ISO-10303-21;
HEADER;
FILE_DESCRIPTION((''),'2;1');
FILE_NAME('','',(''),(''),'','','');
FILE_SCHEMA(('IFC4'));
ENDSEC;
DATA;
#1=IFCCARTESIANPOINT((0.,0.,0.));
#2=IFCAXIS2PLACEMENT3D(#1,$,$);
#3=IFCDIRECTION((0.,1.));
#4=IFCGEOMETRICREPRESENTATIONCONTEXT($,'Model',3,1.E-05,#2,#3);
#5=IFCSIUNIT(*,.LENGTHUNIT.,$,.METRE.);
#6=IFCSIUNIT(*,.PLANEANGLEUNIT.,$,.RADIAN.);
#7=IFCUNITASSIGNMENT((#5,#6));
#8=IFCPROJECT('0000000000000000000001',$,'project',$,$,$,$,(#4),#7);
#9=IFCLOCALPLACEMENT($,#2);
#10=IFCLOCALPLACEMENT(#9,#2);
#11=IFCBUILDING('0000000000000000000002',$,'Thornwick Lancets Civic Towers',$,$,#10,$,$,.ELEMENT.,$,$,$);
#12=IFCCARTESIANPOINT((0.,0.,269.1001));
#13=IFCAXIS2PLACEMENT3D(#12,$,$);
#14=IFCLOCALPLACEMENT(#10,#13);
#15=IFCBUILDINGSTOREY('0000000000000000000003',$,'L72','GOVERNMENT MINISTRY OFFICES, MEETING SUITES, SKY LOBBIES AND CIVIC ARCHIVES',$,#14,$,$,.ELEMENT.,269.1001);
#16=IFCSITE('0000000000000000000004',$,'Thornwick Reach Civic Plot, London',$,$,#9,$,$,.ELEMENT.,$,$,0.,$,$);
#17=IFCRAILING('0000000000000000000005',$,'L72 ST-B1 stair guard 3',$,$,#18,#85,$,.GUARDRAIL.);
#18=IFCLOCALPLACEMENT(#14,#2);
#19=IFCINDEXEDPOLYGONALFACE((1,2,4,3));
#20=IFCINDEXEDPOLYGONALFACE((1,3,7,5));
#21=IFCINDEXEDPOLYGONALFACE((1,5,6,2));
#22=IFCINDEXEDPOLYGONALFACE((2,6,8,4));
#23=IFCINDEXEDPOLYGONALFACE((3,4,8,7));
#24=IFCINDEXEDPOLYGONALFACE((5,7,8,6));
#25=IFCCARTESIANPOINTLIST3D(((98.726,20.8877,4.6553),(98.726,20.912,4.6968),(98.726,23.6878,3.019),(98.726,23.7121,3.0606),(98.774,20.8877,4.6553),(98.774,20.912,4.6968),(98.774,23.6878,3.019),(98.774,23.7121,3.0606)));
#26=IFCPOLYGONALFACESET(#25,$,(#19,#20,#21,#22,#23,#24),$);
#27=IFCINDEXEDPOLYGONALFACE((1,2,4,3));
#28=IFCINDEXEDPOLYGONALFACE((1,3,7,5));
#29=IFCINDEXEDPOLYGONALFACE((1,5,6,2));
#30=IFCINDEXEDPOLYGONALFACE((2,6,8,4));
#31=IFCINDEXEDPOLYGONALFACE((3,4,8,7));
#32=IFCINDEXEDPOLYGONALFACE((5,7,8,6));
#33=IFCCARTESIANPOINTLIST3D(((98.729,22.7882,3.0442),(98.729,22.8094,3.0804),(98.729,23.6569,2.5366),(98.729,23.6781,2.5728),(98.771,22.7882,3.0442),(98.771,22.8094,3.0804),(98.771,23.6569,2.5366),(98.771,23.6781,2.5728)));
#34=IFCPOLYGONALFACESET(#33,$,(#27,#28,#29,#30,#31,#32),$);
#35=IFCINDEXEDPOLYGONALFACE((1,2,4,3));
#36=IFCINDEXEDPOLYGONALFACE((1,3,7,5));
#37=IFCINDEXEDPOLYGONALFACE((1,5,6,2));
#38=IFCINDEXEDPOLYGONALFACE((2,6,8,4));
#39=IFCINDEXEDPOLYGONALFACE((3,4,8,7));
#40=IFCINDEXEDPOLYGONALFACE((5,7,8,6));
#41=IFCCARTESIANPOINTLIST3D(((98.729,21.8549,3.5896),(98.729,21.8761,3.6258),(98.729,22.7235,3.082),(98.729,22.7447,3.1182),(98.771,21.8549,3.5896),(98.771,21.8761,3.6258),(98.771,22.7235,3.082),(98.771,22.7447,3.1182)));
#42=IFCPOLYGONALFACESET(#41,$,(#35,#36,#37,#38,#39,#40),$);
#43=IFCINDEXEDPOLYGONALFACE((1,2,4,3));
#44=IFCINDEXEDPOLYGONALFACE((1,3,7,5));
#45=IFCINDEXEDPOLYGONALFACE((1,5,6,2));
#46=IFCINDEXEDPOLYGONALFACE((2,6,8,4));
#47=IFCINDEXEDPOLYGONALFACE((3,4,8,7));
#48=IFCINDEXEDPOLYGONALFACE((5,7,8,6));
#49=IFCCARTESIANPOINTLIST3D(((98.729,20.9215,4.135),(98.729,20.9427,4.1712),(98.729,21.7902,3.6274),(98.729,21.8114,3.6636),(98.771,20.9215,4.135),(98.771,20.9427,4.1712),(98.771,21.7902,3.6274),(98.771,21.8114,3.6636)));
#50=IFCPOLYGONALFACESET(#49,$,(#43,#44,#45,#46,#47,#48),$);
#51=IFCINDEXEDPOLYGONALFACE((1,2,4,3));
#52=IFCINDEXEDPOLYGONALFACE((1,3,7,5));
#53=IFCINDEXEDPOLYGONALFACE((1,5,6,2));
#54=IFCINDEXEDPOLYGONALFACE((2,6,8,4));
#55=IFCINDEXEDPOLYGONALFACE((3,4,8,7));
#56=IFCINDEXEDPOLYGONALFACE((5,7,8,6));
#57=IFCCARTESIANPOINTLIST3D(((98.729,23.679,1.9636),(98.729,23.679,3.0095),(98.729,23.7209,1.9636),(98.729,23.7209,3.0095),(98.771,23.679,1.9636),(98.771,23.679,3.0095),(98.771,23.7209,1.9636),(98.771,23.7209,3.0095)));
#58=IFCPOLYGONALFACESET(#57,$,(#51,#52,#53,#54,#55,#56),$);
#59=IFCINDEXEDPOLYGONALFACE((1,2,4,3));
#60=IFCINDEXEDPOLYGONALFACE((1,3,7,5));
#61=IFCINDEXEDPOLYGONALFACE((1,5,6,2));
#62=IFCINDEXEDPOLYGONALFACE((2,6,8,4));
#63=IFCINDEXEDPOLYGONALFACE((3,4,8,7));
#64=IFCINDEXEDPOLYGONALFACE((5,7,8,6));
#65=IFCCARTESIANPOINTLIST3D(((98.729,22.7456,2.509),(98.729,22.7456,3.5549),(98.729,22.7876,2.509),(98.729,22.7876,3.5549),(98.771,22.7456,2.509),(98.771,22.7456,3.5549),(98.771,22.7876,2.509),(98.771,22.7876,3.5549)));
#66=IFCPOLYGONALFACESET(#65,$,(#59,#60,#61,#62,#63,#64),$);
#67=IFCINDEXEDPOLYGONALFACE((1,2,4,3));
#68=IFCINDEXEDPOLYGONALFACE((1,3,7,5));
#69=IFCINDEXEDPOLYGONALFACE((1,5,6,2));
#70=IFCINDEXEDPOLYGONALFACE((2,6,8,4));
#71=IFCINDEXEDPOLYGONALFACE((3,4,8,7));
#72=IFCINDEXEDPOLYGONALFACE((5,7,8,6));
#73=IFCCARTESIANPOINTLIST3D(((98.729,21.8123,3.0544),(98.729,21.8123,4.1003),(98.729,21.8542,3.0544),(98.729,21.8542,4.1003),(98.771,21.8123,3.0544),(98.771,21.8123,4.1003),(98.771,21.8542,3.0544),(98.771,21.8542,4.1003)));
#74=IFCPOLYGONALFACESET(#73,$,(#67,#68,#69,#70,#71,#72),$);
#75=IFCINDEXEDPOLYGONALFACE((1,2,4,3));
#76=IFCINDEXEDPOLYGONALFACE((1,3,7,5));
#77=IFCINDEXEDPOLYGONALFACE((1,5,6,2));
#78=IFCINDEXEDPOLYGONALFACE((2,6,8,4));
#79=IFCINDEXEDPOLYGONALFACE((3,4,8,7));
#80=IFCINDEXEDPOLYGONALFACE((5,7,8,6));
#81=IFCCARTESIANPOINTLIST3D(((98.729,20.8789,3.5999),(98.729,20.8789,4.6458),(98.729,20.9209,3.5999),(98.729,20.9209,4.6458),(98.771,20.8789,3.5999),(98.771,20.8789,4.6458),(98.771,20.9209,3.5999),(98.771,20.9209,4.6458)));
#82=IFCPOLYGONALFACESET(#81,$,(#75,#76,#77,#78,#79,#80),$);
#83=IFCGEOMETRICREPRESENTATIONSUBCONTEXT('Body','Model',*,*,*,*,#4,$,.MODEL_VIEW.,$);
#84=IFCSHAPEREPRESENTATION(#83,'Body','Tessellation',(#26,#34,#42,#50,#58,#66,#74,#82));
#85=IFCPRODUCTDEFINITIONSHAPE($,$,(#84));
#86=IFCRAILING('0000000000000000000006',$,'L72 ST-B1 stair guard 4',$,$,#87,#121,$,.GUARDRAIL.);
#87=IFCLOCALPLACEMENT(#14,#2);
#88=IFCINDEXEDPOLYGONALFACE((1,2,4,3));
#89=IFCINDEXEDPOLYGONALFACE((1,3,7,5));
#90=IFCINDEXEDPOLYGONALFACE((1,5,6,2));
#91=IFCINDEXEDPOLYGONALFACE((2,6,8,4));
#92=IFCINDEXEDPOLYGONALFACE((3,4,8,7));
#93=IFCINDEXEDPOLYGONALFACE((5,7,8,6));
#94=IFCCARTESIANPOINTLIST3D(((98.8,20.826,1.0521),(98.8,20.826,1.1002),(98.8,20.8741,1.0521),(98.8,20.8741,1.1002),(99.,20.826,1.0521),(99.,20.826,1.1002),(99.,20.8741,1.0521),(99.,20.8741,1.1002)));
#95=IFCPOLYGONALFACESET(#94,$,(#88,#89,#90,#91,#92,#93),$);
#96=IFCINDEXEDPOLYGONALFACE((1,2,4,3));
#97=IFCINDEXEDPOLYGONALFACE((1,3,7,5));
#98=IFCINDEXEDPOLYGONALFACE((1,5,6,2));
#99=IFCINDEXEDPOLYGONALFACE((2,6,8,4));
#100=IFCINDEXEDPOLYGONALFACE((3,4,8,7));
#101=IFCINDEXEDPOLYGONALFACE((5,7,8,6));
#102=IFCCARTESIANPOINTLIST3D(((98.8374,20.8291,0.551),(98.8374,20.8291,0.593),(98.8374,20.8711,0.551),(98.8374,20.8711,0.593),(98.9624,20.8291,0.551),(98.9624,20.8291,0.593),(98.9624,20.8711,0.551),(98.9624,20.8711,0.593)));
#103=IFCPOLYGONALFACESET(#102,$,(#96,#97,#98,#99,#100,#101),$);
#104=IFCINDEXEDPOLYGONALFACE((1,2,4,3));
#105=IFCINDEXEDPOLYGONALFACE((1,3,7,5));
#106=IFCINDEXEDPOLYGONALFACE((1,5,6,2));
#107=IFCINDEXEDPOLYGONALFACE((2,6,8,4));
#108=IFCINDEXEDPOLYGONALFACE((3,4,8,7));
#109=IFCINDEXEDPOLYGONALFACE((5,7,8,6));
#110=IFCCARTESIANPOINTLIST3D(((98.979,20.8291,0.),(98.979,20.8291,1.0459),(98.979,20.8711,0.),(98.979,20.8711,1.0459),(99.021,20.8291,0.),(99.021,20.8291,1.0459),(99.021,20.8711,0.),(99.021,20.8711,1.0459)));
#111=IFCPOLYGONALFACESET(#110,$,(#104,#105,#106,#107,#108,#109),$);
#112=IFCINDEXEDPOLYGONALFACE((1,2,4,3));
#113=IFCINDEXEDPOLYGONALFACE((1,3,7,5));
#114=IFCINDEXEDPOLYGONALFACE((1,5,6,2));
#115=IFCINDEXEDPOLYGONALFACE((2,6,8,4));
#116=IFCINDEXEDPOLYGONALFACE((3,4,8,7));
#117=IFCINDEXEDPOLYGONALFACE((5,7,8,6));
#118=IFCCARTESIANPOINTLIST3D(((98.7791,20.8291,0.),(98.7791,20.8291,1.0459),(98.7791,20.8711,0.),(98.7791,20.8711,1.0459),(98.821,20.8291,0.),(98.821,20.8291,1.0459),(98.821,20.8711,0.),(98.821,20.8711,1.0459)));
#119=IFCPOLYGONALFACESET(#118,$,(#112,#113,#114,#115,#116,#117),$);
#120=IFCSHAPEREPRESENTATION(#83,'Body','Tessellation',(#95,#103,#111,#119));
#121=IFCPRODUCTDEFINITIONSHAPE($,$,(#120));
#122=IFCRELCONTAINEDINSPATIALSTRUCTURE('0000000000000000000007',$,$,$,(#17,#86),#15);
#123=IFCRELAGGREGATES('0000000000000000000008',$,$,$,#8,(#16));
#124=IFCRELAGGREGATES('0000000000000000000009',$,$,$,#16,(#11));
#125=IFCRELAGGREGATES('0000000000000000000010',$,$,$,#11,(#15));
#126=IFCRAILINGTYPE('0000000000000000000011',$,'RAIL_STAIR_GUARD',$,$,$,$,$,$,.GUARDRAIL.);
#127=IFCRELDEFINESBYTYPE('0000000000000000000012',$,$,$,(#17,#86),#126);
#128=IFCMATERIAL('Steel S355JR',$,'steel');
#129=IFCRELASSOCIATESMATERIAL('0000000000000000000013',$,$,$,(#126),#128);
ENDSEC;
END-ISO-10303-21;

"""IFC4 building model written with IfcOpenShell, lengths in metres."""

from ifc_helpers import new_model, si_unit, direction, frame, origin, origin_2d, place, context, subcontext, project, spatial, rectangle, extrude, material, type_object, element, save


model = new_model("IFC4")

# Units and contexts
model_context = context("Model", 3, precision=1e-05, world=origin(), true_north=direction((0.0, 1.0)))
body_context = subcontext(model_context, "Body", "Model", "MODEL_VIEW")
ifc_project = project(units=[si_unit("LENGTHUNIT", "METRE"), si_unit("PLANEANGLEUNIT", "RADIAN")], contexts=[model_context])

# Site, building, storey
site_placement = place(None, origin())
site = spatial("IfcSite", under=ifc_project, at=site_placement, Name="Thornwick Reach Civic Plot, London", CompositionType="ELEMENT", RefElevation=0.0)
building_placement = place(site_placement, origin())
building = spatial("IfcBuilding", under=site, at=building_placement, Name="Thornwick Lancets Civic Towers", CompositionType="ELEMENT")
storey_placement = place(building_placement, frame((0.0, 0.0, 269.1001)))
storey = spatial("IfcBuildingStorey", under=building, at=storey_placement, Name="L72", Description="GOVERNMENT MINISTRY OFFICES, MEETING SUITES, SKY LOBBIES AND CIVIC ARCHIVES", CompositionType="ELEMENT", Elevation=269.1001)

# Shared definitions
ifc_material_1 = material(Name="Steel S355JR", Category="steel")

# Railings
railing_type_1 = type_object("IfcRailingType", Name="RAIL_STAIR_GUARD", PredefinedType="GUARDRAIL", material=ifc_material_1)
railing_1_placement = place(storey_placement, frame((98.75, 23.7, 1.9636)))
element("IfcRailing", 1, at=railing_1_placement, inside=storey, type_object=railing_type_1, Name="L72 ST-B1 stair guard 3", PredefinedType="GUARDRAIL", context=body_context, shape_type="SweptSolid", body=[
    extrude(rectangle(XDim=0.0481, YDim=0.0481, at=origin_2d()), frame((0.0, 0.0, 1.0762), z_axis=(0.0, -0.863394, 0.504531), x_axis=(1.0, 0.0, 0.0)), (0.0, 0.0, 1.0), 3.2432),
    extrude(rectangle(XDim=0.042, YDim=0.042, at=origin_2d()), frame((0.0, -0.0325, 0.5911), z_axis=(0.0, -0.863394, 0.504531), x_axis=(1.0, 0.0, 0.0)), (0.0, 0.0, 1.0), 1.0061),
    extrude(rectangle(XDim=0.042, YDim=0.042, at=origin_2d()), frame((0.0, -0.9658, 1.1365), z_axis=(0.0, -0.863394, 0.504531), x_axis=(1.0, 0.0, 0.0)), (0.0, 0.0, 1.0), 1.0061),
    extrude(rectangle(XDim=0.042, YDim=0.042, at=origin_2d()), frame((0.0, -1.8992, 1.6819), z_axis=(0.0, -0.863394, 0.504531), x_axis=(1.0, 0.0, 0.0)), (0.0, 0.0, 1.0), 1.0061),
    extrude(rectangle(XDim=0.042, YDim=0.042, at=origin_2d()), origin(), (0.0, 0.0, 1.0), 1.0459),
    extrude(rectangle(XDim=0.042, YDim=0.042, at=origin_2d()), frame((0.0, -0.9333, 0.5454)), (0.0, 0.0, 1.0), 1.0459),
    extrude(rectangle(XDim=0.042, YDim=0.042, at=origin_2d()), frame((0.0, -1.8667, 1.0908)), (0.0, 0.0, 1.0), 1.0459),
    extrude(rectangle(XDim=0.042, YDim=0.042, at=origin_2d()), frame((0.0, -2.8, 1.6362)), (0.0, 0.0, 1.0), 1.0459),
])
railing_2_placement = place(storey_placement, frame((99.0, 20.8501, 0.0)))
element("IfcRailing", 2, at=railing_2_placement, inside=storey, type_object=railing_type_1, Name="L72 ST-B1 stair guard 4", PredefinedType="GUARDRAIL", context=body_context, shape_type="SweptSolid", body=[
    extrude(rectangle(XDim=0.0481, YDim=0.0481, at=origin_2d()), frame((0.0, 0.0, 1.0762), z_axis=(-1.0, 0.0, 0.0), x_axis=(0.0, -1.0, 0.0)), (0.0, 0.0, 1.0), 0.2),
    extrude(rectangle(XDim=0.042, YDim=0.042, at=origin_2d()), frame((-0.0376, 0.0, 0.572), z_axis=(-1.0, 0.0, 0.0), x_axis=(0.0, -1.0, 0.0)), (0.0, 0.0, 1.0), 0.125),
    extrude(rectangle(XDim=0.042, YDim=0.042, at=origin_2d()), origin(), (0.0, 0.0, 1.0), 1.0459),
    extrude(rectangle(XDim=0.042, YDim=0.042, at=origin_2d()), frame((-0.2, 0.0, 0.0)), (0.0, 0.0, 1.0), 1.0459),
])

save(model, "model.ifc")
